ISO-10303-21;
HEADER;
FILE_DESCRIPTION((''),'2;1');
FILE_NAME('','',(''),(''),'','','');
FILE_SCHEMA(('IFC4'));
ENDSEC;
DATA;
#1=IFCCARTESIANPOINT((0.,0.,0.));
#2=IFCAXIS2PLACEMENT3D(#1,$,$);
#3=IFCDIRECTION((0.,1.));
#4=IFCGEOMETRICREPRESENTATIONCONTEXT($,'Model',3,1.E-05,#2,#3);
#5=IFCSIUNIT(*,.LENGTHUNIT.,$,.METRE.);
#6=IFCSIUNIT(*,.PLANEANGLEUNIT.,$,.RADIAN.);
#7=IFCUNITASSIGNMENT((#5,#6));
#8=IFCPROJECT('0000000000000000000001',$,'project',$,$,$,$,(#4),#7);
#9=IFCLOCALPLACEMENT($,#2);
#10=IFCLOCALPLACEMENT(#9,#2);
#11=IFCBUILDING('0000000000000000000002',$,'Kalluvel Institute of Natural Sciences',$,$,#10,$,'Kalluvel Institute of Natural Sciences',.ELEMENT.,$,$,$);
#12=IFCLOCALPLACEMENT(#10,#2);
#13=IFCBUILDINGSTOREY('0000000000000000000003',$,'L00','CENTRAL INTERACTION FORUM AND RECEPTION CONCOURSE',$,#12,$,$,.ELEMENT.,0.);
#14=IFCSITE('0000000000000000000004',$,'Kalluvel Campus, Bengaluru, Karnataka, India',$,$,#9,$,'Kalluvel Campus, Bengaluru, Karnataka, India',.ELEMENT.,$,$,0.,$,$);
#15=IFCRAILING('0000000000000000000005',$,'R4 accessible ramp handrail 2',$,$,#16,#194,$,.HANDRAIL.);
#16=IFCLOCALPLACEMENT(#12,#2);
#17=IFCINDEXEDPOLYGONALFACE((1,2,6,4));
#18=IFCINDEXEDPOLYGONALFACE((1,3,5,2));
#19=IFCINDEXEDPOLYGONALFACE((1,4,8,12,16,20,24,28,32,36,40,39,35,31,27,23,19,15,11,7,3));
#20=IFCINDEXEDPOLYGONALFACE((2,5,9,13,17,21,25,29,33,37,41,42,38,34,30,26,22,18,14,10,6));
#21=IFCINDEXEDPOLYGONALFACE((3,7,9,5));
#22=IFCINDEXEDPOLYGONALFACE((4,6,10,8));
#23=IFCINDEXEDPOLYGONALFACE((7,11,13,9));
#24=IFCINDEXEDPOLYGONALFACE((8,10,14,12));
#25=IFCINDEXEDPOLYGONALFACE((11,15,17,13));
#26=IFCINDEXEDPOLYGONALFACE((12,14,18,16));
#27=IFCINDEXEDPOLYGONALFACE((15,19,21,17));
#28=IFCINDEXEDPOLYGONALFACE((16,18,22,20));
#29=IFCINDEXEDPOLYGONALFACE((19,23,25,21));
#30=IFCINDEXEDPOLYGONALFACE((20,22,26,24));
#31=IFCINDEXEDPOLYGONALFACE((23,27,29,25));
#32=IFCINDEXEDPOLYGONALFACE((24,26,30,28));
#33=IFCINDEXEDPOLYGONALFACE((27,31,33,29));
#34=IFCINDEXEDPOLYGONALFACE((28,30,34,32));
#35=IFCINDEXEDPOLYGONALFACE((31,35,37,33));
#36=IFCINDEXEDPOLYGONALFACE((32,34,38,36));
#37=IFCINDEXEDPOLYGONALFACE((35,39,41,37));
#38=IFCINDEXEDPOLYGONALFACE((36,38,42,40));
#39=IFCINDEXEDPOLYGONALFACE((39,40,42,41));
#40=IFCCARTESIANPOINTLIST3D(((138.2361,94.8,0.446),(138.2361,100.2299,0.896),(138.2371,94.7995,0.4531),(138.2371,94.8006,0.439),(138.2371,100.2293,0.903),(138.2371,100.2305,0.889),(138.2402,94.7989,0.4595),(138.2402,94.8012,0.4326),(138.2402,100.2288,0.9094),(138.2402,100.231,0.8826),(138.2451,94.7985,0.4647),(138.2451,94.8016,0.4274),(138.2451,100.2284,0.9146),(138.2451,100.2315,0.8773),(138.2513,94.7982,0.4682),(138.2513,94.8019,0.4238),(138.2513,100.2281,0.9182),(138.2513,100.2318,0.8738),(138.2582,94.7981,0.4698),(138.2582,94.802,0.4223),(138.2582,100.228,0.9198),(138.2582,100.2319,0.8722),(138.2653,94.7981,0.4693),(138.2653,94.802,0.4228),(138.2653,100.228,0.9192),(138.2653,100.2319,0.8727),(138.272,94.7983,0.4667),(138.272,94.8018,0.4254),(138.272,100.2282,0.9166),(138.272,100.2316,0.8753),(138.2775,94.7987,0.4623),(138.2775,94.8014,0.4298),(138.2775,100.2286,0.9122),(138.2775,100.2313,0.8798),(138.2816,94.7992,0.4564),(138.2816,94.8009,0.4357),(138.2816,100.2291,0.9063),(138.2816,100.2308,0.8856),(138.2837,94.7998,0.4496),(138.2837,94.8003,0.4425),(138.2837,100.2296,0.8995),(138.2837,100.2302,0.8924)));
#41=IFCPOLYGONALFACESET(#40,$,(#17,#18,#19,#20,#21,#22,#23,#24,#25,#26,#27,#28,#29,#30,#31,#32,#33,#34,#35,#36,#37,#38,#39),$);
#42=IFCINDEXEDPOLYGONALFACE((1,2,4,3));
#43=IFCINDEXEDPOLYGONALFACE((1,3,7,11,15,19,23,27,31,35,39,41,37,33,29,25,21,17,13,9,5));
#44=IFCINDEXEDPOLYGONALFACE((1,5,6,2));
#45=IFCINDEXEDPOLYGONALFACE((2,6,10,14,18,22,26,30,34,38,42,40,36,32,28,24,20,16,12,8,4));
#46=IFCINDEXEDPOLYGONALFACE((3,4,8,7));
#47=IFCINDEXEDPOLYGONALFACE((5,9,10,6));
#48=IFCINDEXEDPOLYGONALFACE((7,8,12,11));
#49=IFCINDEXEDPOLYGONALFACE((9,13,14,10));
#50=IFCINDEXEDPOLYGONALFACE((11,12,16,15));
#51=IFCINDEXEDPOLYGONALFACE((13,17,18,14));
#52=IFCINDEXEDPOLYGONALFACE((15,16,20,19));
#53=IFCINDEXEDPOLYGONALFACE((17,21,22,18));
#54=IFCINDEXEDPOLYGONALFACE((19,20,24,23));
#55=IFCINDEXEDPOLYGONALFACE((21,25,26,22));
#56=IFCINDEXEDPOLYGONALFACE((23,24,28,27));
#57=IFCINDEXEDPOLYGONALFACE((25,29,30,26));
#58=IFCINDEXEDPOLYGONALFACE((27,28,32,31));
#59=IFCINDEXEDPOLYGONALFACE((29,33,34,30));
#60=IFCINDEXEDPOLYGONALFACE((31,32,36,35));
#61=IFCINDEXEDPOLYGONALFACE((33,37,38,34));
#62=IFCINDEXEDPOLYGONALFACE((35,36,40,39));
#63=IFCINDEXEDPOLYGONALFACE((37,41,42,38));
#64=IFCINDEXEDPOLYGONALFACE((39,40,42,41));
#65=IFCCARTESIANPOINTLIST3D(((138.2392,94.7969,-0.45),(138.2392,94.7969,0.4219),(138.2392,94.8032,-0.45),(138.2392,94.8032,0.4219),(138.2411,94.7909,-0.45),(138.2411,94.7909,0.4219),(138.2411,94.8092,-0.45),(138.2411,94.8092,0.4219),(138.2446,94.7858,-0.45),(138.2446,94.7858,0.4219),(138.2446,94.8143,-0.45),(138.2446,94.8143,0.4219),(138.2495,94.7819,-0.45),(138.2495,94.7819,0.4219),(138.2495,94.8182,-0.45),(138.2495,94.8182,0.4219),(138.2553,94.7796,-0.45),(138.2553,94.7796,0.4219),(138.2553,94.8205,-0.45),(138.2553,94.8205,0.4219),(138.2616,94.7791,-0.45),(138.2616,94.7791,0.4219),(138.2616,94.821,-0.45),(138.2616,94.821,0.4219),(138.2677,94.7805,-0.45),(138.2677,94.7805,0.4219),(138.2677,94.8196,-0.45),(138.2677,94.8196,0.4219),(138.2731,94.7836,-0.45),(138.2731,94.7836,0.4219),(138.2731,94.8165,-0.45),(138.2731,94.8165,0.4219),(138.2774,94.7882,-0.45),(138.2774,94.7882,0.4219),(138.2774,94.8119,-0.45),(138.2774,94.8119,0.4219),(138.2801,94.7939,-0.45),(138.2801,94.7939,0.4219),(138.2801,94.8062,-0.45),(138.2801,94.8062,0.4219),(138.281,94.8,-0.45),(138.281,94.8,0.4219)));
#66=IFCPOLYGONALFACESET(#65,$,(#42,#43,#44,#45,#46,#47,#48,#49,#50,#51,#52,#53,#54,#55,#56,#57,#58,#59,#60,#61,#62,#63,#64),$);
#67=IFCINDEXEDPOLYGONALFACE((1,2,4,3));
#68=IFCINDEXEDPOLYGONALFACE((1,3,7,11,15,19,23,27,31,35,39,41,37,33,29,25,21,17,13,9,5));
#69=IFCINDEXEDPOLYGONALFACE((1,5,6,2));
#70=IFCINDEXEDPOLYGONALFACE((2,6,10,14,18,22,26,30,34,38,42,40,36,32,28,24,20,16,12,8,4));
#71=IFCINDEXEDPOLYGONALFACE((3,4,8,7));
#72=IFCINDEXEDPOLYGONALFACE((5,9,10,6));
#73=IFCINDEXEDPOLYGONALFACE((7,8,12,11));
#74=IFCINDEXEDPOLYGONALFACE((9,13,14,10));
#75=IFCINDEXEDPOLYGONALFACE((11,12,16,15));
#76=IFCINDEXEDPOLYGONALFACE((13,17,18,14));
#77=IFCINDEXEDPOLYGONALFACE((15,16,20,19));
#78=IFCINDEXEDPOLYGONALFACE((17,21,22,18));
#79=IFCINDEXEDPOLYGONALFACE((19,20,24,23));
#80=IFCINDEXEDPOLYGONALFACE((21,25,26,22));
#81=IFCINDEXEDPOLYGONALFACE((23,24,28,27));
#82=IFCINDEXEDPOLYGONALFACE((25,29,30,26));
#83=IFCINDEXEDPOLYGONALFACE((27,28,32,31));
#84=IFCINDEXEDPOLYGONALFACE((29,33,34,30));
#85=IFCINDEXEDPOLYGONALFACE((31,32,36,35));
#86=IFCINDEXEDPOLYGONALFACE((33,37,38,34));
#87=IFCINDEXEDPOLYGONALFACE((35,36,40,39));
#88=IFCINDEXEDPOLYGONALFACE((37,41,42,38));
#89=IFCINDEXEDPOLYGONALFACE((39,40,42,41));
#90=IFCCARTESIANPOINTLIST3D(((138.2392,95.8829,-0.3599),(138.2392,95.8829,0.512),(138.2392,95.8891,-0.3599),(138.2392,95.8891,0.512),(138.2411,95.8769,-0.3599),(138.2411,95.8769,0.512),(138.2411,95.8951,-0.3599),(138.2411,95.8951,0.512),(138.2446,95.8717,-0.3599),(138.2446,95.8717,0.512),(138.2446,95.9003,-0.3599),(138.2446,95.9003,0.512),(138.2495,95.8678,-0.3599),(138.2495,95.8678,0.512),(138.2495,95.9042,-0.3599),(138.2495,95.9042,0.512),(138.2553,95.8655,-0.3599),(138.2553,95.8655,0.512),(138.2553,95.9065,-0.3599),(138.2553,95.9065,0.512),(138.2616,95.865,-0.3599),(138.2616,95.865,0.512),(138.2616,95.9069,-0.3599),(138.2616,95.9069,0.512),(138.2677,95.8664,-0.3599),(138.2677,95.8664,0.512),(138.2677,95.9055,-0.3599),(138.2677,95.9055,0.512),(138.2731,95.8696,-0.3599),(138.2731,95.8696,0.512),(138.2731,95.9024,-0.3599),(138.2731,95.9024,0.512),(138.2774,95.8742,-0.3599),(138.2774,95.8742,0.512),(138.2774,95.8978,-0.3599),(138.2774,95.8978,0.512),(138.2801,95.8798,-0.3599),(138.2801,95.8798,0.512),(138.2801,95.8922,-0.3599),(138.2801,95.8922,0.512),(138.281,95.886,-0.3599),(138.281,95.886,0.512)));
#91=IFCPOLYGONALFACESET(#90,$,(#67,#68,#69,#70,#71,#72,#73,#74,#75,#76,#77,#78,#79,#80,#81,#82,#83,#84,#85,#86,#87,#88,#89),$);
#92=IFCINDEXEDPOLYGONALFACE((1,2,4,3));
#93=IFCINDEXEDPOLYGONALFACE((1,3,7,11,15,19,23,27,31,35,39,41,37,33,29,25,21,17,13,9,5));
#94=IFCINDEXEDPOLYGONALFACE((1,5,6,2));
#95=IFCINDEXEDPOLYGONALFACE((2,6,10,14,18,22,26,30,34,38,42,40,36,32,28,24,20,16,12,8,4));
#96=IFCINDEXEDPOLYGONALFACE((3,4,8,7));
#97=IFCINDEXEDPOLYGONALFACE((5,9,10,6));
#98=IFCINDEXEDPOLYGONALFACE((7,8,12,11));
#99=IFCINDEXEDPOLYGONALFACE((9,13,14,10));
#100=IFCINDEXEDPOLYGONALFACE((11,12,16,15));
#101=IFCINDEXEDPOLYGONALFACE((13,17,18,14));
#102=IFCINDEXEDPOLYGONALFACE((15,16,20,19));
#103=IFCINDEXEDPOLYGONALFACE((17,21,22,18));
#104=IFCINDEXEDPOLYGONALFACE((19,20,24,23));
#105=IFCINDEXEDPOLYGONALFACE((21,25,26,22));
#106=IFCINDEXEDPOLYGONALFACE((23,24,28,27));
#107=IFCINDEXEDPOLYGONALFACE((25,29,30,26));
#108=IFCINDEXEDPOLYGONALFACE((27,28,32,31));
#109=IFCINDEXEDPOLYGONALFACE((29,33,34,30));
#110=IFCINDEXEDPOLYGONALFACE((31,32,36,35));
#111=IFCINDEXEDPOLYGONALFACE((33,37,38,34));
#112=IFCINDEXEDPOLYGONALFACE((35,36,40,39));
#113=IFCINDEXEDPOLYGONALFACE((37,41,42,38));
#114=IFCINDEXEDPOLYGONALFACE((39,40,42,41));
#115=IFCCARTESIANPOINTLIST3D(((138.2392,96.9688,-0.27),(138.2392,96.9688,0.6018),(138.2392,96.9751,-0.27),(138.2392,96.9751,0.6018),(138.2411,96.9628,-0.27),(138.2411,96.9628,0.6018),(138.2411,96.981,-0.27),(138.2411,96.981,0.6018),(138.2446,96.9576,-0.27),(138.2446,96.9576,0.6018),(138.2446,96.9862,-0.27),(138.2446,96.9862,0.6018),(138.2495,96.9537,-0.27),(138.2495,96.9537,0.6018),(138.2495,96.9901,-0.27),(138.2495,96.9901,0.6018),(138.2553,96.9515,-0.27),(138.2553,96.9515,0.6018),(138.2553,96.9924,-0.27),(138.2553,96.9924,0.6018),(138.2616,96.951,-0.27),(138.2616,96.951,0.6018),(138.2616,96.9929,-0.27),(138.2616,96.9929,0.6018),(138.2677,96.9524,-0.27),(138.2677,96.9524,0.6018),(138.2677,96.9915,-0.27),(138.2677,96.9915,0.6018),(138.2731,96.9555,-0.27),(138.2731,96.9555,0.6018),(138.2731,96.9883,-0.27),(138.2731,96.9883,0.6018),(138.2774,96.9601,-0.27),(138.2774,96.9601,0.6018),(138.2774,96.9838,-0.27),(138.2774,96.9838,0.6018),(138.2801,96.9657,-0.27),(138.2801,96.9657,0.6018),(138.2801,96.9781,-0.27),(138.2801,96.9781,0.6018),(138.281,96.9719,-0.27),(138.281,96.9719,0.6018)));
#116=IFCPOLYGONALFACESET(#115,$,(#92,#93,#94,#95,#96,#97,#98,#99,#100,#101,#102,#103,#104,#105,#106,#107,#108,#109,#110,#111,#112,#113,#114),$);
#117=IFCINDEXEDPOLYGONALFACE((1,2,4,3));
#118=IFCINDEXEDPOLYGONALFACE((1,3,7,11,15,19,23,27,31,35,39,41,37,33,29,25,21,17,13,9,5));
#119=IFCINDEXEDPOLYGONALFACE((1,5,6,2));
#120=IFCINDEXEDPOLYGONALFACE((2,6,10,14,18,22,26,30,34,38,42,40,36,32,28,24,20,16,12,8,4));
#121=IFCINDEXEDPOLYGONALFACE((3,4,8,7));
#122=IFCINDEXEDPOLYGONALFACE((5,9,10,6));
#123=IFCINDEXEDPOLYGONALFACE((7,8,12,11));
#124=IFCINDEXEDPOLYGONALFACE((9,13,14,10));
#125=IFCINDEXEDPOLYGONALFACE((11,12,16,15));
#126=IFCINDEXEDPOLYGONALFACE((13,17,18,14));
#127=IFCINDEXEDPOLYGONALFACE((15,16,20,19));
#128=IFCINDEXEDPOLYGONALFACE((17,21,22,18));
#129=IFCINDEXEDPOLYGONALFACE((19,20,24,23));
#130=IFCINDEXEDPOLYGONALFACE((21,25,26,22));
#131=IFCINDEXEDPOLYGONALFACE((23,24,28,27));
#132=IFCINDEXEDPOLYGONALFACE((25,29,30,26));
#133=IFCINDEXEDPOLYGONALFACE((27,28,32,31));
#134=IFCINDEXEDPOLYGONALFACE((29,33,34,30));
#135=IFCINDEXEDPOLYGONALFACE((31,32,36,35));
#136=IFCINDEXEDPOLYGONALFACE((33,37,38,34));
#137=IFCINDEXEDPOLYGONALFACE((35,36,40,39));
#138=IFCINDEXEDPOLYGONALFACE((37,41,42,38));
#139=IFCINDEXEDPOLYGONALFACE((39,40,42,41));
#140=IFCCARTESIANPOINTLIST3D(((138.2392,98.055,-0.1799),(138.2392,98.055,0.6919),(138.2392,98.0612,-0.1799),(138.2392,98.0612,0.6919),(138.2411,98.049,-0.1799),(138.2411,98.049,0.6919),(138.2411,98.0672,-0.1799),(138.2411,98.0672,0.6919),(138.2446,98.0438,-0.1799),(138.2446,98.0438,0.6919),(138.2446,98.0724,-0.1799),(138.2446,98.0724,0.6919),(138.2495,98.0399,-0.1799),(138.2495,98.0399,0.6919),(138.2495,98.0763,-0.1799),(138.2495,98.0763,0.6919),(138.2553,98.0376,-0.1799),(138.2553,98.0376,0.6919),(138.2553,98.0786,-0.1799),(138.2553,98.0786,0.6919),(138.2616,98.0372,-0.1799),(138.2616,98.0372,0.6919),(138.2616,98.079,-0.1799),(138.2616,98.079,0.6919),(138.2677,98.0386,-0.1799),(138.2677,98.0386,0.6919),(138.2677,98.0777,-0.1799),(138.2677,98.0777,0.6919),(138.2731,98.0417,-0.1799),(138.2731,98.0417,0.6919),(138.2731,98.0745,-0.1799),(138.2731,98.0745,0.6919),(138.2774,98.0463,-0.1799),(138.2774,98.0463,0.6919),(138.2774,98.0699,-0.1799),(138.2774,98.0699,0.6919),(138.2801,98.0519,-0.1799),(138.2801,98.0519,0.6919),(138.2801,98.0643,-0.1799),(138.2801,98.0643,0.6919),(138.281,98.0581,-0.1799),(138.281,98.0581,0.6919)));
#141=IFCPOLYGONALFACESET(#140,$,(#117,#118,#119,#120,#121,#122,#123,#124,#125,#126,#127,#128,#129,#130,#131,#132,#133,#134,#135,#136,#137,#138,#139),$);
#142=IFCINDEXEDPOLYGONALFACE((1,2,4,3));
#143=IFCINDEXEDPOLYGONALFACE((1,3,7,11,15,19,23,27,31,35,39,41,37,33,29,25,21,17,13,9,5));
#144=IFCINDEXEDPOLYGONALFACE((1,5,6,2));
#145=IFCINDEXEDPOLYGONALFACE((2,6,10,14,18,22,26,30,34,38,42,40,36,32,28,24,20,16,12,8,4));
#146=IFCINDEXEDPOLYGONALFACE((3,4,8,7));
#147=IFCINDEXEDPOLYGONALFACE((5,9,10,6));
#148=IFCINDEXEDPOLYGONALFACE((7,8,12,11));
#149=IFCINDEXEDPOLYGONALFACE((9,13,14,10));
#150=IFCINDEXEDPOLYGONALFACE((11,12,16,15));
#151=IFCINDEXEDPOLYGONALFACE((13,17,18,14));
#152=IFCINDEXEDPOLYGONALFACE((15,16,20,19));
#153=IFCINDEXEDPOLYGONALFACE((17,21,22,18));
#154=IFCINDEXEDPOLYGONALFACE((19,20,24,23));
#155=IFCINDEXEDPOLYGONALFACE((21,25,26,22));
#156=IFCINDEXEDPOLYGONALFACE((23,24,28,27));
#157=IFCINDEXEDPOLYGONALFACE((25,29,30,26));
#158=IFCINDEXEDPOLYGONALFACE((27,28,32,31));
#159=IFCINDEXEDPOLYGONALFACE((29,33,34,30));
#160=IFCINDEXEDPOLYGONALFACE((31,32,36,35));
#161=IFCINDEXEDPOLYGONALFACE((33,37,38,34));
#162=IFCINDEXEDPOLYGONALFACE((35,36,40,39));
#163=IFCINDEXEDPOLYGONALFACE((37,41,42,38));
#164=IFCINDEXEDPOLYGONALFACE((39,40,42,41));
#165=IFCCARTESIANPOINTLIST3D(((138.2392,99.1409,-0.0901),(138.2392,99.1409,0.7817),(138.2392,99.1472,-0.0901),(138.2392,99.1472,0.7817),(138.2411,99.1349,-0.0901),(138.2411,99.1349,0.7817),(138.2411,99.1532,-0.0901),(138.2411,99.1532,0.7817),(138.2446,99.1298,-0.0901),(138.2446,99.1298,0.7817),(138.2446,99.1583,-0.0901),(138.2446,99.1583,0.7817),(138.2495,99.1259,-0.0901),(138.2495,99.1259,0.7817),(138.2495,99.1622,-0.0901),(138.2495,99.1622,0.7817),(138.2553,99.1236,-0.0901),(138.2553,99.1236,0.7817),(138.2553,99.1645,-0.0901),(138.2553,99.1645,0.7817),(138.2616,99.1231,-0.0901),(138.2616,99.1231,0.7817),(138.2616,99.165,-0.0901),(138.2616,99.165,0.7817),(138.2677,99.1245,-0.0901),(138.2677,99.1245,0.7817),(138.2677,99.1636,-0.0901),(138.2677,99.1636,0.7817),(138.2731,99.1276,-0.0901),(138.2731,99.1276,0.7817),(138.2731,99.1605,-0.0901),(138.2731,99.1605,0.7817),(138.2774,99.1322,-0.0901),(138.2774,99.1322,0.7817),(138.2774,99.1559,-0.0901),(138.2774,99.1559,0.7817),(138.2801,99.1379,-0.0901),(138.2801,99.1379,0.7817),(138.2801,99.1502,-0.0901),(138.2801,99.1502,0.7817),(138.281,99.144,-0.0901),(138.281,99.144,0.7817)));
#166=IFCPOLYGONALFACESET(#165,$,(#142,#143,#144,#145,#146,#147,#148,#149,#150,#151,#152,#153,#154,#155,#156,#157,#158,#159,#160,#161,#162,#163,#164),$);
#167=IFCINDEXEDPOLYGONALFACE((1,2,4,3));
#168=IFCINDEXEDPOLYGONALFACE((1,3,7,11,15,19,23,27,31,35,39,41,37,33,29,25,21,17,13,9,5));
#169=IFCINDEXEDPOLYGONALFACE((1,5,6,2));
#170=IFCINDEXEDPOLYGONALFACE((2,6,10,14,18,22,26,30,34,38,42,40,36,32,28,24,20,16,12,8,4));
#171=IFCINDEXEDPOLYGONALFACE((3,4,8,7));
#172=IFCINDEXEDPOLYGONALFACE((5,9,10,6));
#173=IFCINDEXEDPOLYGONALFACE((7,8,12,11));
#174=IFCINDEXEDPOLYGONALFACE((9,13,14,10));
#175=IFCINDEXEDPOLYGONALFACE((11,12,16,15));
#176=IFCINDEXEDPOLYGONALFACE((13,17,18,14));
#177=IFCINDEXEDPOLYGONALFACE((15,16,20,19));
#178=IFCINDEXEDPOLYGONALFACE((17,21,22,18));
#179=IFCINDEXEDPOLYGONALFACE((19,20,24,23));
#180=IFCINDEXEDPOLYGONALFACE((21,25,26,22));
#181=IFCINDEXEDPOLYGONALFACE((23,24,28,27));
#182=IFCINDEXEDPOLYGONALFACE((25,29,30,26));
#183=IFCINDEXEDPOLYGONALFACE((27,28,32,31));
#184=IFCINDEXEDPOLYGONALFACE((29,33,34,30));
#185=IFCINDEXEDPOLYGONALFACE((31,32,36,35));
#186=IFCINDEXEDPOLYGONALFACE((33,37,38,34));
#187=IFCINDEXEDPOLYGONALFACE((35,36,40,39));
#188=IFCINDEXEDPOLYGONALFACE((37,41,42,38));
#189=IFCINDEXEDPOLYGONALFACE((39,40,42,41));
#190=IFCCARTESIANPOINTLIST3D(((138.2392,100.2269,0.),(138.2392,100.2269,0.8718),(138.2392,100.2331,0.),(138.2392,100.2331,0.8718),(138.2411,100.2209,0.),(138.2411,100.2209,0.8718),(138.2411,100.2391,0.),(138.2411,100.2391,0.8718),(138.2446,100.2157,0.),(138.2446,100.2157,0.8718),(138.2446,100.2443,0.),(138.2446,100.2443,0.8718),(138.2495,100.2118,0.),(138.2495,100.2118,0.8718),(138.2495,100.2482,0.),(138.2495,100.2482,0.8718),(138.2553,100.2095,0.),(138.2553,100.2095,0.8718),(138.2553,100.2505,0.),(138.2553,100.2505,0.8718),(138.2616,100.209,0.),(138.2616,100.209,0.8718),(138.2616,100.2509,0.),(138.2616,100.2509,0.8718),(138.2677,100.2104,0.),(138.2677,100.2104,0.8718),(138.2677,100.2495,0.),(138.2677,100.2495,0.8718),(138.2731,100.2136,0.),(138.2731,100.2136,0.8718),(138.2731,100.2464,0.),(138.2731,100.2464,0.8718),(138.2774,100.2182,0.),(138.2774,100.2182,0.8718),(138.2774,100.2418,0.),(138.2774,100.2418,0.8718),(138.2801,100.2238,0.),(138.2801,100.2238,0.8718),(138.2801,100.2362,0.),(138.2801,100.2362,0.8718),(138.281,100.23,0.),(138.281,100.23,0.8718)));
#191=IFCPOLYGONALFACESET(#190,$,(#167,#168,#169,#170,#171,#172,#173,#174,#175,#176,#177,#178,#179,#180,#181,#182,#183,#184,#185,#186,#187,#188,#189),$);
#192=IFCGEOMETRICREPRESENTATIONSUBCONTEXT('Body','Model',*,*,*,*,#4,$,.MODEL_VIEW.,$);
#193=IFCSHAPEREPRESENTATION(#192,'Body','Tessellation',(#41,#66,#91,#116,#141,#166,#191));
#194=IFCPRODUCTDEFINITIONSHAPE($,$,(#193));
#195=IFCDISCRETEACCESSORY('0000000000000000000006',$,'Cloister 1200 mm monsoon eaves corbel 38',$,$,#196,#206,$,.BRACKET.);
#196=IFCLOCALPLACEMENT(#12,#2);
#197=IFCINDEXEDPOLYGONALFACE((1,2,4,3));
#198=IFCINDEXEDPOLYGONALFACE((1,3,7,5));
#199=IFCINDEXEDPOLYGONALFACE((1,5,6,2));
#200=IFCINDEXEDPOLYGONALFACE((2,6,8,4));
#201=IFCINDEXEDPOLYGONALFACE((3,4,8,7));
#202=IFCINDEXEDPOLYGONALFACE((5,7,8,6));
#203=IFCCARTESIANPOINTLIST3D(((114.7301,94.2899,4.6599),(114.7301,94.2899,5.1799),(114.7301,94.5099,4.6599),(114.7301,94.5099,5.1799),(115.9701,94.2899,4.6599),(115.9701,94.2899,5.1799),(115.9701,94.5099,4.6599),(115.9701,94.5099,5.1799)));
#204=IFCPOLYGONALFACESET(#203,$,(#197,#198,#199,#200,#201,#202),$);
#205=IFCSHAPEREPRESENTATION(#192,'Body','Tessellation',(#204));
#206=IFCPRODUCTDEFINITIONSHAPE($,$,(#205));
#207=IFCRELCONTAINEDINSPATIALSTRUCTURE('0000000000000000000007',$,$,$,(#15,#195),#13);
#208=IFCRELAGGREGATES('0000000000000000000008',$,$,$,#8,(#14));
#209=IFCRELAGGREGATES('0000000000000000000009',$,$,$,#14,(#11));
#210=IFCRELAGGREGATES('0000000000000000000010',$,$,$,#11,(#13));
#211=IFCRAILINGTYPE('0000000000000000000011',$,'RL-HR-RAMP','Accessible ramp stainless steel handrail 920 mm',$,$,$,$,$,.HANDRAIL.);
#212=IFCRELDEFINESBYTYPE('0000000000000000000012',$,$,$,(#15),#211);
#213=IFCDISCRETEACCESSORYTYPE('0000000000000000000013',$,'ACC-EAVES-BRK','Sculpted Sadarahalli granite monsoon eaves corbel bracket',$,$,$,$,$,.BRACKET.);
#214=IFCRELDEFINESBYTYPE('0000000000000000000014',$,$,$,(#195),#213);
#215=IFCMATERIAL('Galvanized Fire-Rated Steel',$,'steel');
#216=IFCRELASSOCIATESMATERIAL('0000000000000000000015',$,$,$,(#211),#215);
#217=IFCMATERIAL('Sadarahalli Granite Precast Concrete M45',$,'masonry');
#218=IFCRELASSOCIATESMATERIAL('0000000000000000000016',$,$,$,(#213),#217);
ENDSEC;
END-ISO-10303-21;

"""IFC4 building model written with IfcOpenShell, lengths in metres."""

from ifc_helpers import new_model, si_unit, direction, frame, origin, origin_2d, place, context, subcontext, project, spatial, rectangle, circle, extrude, material, type_object, element, save


model = new_model("IFC4")

# Units and contexts
model_context = context("Model", 3, precision=1e-05, world=origin(), true_north=direction((0.0, 1.0)))
body_context = subcontext(model_context, "Body", "Model", "MODEL_VIEW")
ifc_project = project(units=[si_unit("LENGTHUNIT", "METRE"), si_unit("PLANEANGLEUNIT", "RADIAN")], contexts=[model_context])

# Site, building, storey
site_placement = place(None, origin())
site = spatial("IfcSite", under=ifc_project, at=site_placement, Name="Kalluvel Campus, Bengaluru, Karnataka, India", LongName="Kalluvel Campus, Bengaluru, Karnataka, India", CompositionType="ELEMENT", RefElevation=0.0)
building_placement = place(site_placement, origin())
building = spatial("IfcBuilding", under=site, at=building_placement, Name="Kalluvel Institute of Natural Sciences", LongName="Kalluvel Institute of Natural Sciences", CompositionType="ELEMENT")
storey_placement = place(building_placement, origin())
storey = spatial("IfcBuildingStorey", under=building, at=storey_placement, Name="L00", Description="CENTRAL INTERACTION FORUM AND RECEPTION CONCOURSE", CompositionType="ELEMENT", Elevation=0.0)

# Shared definitions
ifc_material_1 = material(Name="Sadarahalli Granite Precast Concrete M45", Category="masonry")

# Railing
ifc_material_2 = material(Name="Galvanized Fire-Rated Steel", Category="steel")
railing_type = type_object("IfcRailingType", Name="RL-HR-RAMP", Description="Accessible ramp stainless steel handrail 920 mm", PredefinedType="HANDRAIL", material=ifc_material_2)
for number, where, name in (
    (1, (138.26, 94.8, -0.45), "R4 accessible ramp handrail 2"),
):
    element("IfcRailing", number, at=place(storey_placement, frame(where)), inside=storey, type_object=railing_type, Name=name, PredefinedType="HANDRAIL", context=body_context, shape_type="SweptSolid", body=[
        extrude(circle(Radius=0.0239, at=origin_2d()), frame((0.0, 0.0, 0.896), z_axis=(0.0, 0.996584, 0.082582), x_axis=(-1.0, 0.0, 0.0)), (0.0, 0.0, 1.0), 5.4485),
        extrude(circle(Radius=0.021, at=origin_2d()), origin(), (0.0, 0.0, 1.0), 0.8718),
        extrude(circle(Radius=0.021, at=origin_2d()), frame((0.0, 1.0859, 0.0901)), (0.0, 0.0, 1.0), 0.8718),
        extrude(circle(Radius=0.021, at=origin_2d()), frame((0.0, 2.1719, 0.1799)), (0.0, 0.0, 1.0), 0.8718),
        extrude(circle(Radius=0.021, at=origin_2d()), frame((0.0, 3.2581, 0.27)), (0.0, 0.0, 1.0), 0.8718),
        extrude(circle(Radius=0.021, at=origin_2d()), frame((0.0, 4.344, 0.3599)), (0.0, 0.0, 1.0), 0.8718),
        extrude(circle(Radius=0.021, at=origin_2d()), frame((0.0, 5.4299, 0.45)), (0.0, 0.0, 1.0), 0.8718),
    ])

# Discrete accessory
discrete_accessory_type = type_object("IfcDiscreteAccessoryType", Name="ACC-EAVES-BRK", Description="Sculpted Sadarahalli granite monsoon eaves corbel bracket", PredefinedType="BRACKET", material=ifc_material_1)
discrete_accessory_placement = place(storey_placement, frame((115.3501, 94.3999, 4.6599), z_axis=(0.0, 0.0, 1.0), x_axis=(1.0, 0.0, 0.0)))
element("IfcDiscreteAccessory", 2, at=discrete_accessory_placement, inside=storey, type_object=discrete_accessory_type, Name="Cloister 1200 mm monsoon eaves corbel 38", PredefinedType="BRACKET", context=body_context, shape_type="SweptSolid", body=[
    extrude(rectangle(XDim=1.24, YDim=0.22, at=origin_2d()), origin(), (0.0, 0.0, 1.0), 0.52),
])

save(model, "model.ifc")
